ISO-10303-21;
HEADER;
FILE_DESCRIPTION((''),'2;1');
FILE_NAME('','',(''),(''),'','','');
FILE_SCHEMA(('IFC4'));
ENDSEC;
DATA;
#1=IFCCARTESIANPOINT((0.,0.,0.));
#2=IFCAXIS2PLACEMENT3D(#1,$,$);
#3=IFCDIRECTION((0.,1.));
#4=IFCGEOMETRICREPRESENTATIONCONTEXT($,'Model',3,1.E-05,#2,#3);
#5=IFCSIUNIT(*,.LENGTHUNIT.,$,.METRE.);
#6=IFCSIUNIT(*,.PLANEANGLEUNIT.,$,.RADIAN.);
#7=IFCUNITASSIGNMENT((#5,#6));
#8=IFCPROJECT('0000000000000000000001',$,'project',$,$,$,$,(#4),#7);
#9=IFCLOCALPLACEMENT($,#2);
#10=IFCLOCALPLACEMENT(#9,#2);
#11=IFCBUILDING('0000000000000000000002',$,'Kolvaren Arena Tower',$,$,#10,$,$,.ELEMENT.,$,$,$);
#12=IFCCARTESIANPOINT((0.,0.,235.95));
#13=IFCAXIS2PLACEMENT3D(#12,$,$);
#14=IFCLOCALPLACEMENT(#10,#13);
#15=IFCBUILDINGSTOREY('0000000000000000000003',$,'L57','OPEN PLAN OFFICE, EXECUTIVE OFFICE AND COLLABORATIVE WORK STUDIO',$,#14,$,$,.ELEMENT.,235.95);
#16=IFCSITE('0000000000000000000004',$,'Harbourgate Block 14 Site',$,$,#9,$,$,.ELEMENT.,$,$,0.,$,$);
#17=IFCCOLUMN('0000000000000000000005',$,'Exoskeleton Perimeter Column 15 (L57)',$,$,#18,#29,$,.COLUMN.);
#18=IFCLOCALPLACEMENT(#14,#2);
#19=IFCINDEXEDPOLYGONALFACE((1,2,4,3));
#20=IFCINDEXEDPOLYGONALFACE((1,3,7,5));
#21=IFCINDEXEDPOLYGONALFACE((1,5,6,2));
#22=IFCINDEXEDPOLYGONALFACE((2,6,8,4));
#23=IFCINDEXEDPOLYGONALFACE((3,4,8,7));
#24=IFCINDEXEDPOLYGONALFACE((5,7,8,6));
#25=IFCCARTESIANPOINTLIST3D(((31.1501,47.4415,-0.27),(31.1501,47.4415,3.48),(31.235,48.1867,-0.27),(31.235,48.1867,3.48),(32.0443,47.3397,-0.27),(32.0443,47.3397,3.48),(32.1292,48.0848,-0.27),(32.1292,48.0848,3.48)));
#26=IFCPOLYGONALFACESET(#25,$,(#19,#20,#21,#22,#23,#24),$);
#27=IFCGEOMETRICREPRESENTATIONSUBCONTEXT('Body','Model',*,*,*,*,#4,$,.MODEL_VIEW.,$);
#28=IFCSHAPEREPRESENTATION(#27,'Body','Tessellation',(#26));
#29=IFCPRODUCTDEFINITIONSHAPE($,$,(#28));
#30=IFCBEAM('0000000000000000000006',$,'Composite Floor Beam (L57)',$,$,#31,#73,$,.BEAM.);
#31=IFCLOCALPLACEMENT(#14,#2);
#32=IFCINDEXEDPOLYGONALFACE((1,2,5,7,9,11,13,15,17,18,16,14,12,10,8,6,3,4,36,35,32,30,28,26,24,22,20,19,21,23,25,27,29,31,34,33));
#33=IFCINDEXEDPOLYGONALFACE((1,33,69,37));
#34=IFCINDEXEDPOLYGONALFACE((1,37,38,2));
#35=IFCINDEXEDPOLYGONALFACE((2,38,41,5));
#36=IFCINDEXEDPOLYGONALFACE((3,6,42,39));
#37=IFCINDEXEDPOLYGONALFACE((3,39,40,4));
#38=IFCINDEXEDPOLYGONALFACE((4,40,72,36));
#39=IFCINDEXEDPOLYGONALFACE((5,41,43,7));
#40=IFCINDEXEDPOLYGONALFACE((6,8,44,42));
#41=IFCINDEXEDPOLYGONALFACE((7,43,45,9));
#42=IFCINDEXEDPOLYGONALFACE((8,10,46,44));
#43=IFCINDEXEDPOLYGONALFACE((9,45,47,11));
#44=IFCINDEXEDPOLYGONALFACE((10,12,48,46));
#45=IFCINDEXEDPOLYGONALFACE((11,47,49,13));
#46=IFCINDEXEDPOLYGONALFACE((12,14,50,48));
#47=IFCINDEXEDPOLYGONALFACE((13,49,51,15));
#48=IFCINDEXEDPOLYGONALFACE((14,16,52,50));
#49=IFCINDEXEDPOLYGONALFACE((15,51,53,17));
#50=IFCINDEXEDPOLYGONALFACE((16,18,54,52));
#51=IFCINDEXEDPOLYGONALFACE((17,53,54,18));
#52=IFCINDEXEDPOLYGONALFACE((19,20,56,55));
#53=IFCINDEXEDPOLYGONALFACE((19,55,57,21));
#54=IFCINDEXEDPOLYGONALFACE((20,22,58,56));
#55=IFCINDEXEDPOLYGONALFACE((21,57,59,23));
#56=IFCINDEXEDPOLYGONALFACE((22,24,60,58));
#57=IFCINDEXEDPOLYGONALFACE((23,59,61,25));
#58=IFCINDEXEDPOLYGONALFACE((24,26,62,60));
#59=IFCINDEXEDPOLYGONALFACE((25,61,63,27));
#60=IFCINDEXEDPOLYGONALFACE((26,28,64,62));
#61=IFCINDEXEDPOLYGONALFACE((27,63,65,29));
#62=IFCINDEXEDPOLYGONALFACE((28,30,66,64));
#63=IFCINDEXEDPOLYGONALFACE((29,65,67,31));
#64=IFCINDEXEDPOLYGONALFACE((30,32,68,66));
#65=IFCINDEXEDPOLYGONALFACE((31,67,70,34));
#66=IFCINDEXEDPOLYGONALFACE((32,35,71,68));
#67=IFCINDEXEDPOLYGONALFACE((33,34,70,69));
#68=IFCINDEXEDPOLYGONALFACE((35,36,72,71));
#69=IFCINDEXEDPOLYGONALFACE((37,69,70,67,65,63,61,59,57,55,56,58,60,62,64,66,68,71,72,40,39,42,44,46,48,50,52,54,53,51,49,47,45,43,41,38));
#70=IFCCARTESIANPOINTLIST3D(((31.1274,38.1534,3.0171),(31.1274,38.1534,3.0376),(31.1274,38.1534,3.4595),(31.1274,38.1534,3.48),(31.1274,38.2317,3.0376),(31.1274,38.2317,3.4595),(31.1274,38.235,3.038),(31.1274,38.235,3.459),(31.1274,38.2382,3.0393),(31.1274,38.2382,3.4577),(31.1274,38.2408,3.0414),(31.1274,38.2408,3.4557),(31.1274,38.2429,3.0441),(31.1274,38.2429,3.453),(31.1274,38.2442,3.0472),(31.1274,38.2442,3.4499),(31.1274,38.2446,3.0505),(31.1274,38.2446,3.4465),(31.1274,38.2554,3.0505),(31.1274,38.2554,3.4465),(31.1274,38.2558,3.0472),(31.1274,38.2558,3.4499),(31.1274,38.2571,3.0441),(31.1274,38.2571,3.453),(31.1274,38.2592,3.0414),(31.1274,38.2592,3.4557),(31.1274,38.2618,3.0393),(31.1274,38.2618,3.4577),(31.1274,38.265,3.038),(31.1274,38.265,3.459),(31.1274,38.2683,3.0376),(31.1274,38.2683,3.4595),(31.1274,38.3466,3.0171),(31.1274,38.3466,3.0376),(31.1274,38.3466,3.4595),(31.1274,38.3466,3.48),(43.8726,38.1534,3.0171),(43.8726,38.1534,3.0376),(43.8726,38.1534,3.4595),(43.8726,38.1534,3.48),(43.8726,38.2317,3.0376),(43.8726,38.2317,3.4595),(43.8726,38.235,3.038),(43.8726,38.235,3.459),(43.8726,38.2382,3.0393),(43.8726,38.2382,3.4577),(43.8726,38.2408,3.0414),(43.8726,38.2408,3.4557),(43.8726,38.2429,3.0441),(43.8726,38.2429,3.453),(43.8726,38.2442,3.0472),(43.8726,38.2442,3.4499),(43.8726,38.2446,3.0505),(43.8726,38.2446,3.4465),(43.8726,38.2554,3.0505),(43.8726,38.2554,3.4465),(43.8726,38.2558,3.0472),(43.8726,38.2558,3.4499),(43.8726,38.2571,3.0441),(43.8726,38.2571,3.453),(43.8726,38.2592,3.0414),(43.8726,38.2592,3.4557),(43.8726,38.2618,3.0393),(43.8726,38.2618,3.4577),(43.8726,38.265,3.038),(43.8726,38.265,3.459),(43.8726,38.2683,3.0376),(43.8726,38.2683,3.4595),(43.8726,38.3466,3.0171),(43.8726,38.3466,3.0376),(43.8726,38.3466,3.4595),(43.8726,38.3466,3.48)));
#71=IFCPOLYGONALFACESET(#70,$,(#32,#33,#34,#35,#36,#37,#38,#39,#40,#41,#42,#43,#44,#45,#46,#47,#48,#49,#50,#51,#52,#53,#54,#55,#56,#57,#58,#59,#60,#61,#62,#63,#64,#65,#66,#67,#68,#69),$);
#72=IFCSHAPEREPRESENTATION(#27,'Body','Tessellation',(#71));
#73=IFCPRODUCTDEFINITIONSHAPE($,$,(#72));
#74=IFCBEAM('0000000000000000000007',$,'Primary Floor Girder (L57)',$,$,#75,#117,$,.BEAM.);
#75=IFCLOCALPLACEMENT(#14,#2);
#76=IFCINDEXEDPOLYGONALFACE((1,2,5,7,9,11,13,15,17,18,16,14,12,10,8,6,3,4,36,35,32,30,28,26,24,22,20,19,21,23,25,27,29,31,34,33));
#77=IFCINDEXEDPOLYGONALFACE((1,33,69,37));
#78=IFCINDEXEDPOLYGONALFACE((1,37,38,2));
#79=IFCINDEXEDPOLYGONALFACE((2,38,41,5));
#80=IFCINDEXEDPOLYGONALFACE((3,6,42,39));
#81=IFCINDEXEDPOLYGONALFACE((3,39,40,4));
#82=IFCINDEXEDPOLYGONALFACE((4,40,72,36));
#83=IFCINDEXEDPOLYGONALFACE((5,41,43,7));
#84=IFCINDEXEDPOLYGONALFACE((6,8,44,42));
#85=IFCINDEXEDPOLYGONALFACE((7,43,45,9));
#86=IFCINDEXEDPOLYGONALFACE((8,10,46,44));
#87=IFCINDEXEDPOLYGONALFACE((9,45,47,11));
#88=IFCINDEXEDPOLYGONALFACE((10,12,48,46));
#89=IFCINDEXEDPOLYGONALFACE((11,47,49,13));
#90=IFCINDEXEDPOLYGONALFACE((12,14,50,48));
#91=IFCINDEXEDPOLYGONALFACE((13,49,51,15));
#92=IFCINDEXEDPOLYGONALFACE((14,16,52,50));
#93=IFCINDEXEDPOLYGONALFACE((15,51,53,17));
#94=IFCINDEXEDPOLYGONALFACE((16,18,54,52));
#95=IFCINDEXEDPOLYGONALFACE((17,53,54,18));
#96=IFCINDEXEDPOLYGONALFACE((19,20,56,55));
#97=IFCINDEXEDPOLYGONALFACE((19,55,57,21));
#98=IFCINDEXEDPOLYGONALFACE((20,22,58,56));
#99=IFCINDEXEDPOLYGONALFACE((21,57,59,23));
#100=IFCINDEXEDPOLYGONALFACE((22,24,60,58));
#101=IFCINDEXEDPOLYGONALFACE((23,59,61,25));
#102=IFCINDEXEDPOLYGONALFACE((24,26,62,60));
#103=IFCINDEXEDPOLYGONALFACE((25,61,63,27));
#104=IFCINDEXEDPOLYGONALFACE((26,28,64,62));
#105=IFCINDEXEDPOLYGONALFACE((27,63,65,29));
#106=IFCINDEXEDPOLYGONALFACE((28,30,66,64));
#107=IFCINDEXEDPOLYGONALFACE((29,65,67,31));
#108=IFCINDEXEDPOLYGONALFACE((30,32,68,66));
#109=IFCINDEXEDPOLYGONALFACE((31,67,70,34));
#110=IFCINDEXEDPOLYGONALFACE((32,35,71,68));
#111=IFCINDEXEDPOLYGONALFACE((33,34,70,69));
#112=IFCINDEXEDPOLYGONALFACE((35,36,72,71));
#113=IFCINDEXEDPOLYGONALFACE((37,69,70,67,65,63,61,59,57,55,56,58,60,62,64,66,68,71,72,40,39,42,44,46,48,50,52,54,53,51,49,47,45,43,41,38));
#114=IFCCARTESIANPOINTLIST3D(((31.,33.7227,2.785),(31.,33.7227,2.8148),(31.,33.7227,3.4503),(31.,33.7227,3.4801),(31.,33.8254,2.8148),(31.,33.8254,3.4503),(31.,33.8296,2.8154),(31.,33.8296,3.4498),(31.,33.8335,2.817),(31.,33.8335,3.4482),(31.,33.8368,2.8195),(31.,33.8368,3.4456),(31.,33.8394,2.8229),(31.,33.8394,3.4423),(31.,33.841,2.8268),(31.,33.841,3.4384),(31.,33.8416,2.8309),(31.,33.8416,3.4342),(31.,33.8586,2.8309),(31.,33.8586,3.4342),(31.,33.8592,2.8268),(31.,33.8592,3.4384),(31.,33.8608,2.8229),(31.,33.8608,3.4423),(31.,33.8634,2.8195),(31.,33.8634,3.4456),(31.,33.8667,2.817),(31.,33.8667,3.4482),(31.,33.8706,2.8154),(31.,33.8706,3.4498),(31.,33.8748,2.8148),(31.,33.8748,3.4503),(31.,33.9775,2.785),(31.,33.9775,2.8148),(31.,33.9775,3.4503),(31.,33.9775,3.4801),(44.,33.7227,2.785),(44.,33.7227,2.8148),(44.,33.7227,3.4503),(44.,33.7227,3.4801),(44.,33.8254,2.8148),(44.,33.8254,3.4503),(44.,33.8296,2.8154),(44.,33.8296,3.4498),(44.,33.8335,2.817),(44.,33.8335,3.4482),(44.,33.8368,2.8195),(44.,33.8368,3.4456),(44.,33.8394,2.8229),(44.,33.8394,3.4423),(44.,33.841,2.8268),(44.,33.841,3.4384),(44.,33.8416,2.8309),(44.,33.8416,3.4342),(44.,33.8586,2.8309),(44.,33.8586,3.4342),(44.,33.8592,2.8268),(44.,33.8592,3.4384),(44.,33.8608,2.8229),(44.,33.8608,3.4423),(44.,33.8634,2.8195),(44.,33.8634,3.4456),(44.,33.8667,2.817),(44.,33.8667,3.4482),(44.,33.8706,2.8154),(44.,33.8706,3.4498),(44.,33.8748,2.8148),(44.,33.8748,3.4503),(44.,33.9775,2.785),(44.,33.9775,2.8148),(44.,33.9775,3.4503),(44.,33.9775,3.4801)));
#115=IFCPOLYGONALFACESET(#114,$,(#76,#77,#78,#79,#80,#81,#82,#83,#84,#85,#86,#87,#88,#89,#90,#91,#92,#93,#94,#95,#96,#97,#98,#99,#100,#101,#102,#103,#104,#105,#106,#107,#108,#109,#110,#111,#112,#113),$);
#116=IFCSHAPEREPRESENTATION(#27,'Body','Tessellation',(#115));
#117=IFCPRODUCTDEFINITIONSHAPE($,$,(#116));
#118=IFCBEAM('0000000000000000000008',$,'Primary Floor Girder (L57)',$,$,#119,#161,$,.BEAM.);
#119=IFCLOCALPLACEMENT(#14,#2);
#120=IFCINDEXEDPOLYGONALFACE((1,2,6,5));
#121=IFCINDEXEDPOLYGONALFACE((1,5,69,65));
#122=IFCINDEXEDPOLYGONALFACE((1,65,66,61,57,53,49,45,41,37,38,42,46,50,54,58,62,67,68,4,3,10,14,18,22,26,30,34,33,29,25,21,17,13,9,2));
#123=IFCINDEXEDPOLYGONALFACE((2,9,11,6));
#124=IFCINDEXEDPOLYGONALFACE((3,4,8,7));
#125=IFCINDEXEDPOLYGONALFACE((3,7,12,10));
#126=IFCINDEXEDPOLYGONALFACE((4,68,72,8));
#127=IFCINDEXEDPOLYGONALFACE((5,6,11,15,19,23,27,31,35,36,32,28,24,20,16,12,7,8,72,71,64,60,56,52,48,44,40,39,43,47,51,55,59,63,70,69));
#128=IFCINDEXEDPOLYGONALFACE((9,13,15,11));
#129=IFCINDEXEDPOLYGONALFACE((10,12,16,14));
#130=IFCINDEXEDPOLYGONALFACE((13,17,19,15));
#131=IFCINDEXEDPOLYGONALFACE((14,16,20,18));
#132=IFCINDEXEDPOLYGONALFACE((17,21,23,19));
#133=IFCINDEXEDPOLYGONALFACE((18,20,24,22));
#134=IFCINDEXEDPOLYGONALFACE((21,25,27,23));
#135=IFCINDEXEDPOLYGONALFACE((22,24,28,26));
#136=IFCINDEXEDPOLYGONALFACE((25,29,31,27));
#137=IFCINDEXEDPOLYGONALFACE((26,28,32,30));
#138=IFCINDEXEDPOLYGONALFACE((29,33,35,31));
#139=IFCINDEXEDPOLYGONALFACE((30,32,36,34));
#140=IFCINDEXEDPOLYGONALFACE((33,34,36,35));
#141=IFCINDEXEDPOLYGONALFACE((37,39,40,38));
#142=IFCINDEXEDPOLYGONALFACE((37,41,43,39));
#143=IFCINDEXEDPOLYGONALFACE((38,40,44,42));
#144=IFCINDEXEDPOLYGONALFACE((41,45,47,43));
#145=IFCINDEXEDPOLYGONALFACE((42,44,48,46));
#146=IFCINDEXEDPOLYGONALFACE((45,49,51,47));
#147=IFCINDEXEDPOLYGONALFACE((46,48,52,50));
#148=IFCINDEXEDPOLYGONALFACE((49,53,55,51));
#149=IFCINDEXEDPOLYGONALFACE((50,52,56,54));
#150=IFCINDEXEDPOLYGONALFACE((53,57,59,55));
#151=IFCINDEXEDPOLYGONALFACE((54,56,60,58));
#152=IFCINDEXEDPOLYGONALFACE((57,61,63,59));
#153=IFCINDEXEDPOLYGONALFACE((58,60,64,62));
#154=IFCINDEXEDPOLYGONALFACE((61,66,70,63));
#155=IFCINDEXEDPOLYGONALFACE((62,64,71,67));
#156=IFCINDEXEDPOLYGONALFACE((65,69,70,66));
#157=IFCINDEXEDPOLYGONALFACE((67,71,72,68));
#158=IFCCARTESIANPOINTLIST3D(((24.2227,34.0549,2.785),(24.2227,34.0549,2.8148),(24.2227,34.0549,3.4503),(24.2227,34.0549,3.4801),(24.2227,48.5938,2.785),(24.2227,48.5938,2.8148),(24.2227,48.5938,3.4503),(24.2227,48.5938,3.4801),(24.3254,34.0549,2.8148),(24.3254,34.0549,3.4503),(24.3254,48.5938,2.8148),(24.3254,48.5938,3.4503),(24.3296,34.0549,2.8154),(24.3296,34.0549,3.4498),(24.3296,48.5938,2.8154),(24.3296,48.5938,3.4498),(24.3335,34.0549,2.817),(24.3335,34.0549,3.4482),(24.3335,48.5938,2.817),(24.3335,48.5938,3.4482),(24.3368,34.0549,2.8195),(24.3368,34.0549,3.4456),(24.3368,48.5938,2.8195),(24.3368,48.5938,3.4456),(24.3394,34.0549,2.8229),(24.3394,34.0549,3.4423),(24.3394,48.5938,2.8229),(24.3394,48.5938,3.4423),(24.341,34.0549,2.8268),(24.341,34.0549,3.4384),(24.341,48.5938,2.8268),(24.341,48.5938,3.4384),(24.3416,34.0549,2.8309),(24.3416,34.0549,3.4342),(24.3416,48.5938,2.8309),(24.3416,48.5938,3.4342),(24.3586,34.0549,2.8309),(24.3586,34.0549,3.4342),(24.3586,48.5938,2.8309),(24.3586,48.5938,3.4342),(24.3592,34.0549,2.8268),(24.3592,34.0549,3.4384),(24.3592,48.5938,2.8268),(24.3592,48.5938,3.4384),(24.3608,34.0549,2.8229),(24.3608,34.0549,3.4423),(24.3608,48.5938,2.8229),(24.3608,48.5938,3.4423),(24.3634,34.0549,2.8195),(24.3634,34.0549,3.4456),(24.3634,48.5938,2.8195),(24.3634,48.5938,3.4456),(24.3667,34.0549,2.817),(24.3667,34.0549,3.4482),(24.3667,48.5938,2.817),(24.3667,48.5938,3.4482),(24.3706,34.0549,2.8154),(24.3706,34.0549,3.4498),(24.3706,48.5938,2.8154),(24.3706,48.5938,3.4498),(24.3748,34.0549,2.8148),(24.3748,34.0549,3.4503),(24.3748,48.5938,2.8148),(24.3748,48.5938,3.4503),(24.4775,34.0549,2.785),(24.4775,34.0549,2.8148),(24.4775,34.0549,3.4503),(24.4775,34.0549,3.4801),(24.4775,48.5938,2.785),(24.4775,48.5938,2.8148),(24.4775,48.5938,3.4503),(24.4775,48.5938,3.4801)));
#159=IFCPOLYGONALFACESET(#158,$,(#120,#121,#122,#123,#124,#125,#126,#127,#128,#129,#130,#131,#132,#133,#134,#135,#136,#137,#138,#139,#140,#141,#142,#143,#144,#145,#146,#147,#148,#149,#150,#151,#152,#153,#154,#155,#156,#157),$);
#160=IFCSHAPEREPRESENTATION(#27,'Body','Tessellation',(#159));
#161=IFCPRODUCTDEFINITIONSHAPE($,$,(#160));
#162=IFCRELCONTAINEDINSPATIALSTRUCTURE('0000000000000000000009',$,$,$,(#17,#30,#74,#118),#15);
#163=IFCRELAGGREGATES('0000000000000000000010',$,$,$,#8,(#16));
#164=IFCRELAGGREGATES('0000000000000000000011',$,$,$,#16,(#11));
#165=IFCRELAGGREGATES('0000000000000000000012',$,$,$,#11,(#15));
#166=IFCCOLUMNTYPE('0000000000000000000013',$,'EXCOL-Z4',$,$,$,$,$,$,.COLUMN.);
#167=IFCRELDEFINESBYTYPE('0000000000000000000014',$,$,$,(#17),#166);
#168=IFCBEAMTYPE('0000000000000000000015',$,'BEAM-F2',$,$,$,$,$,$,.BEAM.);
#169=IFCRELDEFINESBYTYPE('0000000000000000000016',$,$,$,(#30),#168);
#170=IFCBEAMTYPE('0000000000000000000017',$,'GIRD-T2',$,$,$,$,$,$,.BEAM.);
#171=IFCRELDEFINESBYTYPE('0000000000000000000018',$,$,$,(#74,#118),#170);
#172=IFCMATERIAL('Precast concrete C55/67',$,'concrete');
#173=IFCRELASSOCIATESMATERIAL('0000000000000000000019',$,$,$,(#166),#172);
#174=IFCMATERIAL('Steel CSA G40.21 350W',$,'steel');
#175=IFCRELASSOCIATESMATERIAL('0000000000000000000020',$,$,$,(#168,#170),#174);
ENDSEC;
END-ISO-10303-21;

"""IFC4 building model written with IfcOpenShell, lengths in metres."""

from ifc_helpers import new_model, si_unit, direction, frame, origin, origin_2d, place, context, subcontext, project, spatial, rectangle, i_section, extrude, material, material_profile, profile_set, type_object, element, save


model = new_model("IFC4")

# Units and contexts
model_context = context("Model", 3, precision=1e-05, world=origin(), true_north=direction((0.0, 1.0)))
body_context = subcontext(model_context, "Body", "Model", "MODEL_VIEW")
ifc_project = project(units=[si_unit("LENGTHUNIT", "METRE"), si_unit("PLANEANGLEUNIT", "RADIAN")], contexts=[model_context])

# Site, building, storey
site_placement = place(None, origin())
site = spatial("IfcSite", under=ifc_project, at=site_placement, Name="Harbourgate Block 14 Site", CompositionType="ELEMENT", RefElevation=0.0)
building_placement = place(site_placement, origin())
building = spatial("IfcBuilding", under=site, at=building_placement, Name="Kolvaren Arena Tower", CompositionType="ELEMENT")
storey_placement = place(building_placement, frame((0.0, 0.0, 235.95)))
storey = spatial("IfcBuildingStorey", under=building, at=storey_placement, Name="L57", Description="OPEN PLAN OFFICE, EXECUTIVE OFFICE AND COLLABORATIVE WORK STUDIO", CompositionType="ELEMENT", Elevation=235.95)

# Column
ifc_material_1 = material(Name="Precast concrete C55/67", Category="concrete")
ifc_material_profile_1 = material_profile(ifc_material_1, rectangle(XDim=0.8999, YDim=0.75, at=origin_2d()), Name="RC-900x750")
ifc_profile_set_1 = profile_set([ifc_material_profile_1], Name="Precast concrete C55/67")
column_type = type_object("IfcColumnType", Name="EXCOL-Z4", PredefinedType="COLUMN", material=ifc_profile_set_1)
column_placement = place(storey_placement, frame((31.6396, 47.7632, -0.27), z_axis=(0.0, 0.0, 1.0), x_axis=(0.993572, -0.113203, 0.0)))
element("IfcColumn", 1, at=column_placement, inside=storey, type_object=column_type, Name="Exoskeleton Perimeter Column 15 (L57)", PredefinedType="COLUMN", context=body_context, shape_type="SweptSolid", body=[
    extrude(rectangle(XDim=0.8999, YDim=0.75, at=origin_2d()), origin(), (0.0, 0.0, 1.0), 3.75),
])

# Beams
ifc_material_2 = material(Name="Steel CSA G40.21 350W", Category="steel")
ifc_material_profile_2 = material_profile(ifc_material_2, i_section(OverallWidth=0.1931, OverallDepth=0.4629, WebThickness=0.0107, FlangeThickness=0.0205, FilletRadius=0.0129, at=origin_2d()), Name="W460x113")
ifc_profile_set_2 = profile_set([ifc_material_profile_2], Name="Steel CSA G40.21 350W")
beam_type_1 = type_object("IfcBeamType", Name="BEAM-F2", PredefinedType="BEAM", material=ifc_profile_set_2)
beam_1_placement = place(storey_placement, frame((31.1274, 38.25, 3.2485), z_axis=(1.0, 0.0, 0.0), x_axis=(0.0, 1.0, 0.0)))
element("IfcBeam", 2, at=beam_1_placement, inside=storey, type_object=beam_type_1, Name="Composite Floor Beam (L57)", PredefinedType="BEAM", context=body_context, shape_type="SweptSolid", body=[
    extrude(i_section(OverallWidth=0.1931, OverallDepth=0.4629, WebThickness=0.0107, FlangeThickness=0.0205, FilletRadius=0.0129, at=origin_2d()), origin(), (0.0, 0.0, 1.0), 12.7451),
])
ifc_material_profile_3 = material_profile(ifc_material_2, i_section(OverallWidth=0.2549, OverallDepth=0.6951, WebThickness=0.0171, FlangeThickness=0.0298, FilletRadius=0.0161, at=origin_2d()), Name="W690x217")
ifc_profile_set_3 = profile_set([ifc_material_profile_3], Name="Steel CSA G40.21 350W")
beam_type_2 = type_object("IfcBeamType", Name="GIRD-T2", PredefinedType="BEAM", material=ifc_profile_set_3)
beam_2_placement = place(storey_placement, frame((31.0, 33.8501, 3.1326), z_axis=(1.0, 0.0, 0.0), x_axis=(0.0, 1.0, 0.0)))
element("IfcBeam", 3, at=beam_2_placement, inside=storey, type_object=beam_type_2, Name="Primary Floor Girder (L57)", PredefinedType="BEAM", context=body_context, shape_type="SweptSolid", body=[
    extrude(i_section(OverallWidth=0.2549, OverallDepth=0.6951, WebThickness=0.0171, FlangeThickness=0.0298, FilletRadius=0.0161, at=origin_2d()), origin(), (0.0, 0.0, 1.0), 13.0),
])
beam_3_placement = place(storey_placement, frame((24.3501, 34.0549, 3.1326), z_axis=(0.0, 1.0, 0.0), x_axis=(-1.0, 0.0, 0.0)))
element("IfcBeam", 4, at=beam_3_placement, inside=storey, type_object=beam_type_2, Name="Primary Floor Girder (L57)", PredefinedType="BEAM", context=body_context, shape_type="SweptSolid", body=[
    extrude(i_section(OverallWidth=0.2549, OverallDepth=0.6951, WebThickness=0.0171, FlangeThickness=0.0298, FilletRadius=0.0161, at=origin_2d()), origin(), (0.0, 0.0, 1.0), 14.5388),
])

save(model, "model.ifc")
